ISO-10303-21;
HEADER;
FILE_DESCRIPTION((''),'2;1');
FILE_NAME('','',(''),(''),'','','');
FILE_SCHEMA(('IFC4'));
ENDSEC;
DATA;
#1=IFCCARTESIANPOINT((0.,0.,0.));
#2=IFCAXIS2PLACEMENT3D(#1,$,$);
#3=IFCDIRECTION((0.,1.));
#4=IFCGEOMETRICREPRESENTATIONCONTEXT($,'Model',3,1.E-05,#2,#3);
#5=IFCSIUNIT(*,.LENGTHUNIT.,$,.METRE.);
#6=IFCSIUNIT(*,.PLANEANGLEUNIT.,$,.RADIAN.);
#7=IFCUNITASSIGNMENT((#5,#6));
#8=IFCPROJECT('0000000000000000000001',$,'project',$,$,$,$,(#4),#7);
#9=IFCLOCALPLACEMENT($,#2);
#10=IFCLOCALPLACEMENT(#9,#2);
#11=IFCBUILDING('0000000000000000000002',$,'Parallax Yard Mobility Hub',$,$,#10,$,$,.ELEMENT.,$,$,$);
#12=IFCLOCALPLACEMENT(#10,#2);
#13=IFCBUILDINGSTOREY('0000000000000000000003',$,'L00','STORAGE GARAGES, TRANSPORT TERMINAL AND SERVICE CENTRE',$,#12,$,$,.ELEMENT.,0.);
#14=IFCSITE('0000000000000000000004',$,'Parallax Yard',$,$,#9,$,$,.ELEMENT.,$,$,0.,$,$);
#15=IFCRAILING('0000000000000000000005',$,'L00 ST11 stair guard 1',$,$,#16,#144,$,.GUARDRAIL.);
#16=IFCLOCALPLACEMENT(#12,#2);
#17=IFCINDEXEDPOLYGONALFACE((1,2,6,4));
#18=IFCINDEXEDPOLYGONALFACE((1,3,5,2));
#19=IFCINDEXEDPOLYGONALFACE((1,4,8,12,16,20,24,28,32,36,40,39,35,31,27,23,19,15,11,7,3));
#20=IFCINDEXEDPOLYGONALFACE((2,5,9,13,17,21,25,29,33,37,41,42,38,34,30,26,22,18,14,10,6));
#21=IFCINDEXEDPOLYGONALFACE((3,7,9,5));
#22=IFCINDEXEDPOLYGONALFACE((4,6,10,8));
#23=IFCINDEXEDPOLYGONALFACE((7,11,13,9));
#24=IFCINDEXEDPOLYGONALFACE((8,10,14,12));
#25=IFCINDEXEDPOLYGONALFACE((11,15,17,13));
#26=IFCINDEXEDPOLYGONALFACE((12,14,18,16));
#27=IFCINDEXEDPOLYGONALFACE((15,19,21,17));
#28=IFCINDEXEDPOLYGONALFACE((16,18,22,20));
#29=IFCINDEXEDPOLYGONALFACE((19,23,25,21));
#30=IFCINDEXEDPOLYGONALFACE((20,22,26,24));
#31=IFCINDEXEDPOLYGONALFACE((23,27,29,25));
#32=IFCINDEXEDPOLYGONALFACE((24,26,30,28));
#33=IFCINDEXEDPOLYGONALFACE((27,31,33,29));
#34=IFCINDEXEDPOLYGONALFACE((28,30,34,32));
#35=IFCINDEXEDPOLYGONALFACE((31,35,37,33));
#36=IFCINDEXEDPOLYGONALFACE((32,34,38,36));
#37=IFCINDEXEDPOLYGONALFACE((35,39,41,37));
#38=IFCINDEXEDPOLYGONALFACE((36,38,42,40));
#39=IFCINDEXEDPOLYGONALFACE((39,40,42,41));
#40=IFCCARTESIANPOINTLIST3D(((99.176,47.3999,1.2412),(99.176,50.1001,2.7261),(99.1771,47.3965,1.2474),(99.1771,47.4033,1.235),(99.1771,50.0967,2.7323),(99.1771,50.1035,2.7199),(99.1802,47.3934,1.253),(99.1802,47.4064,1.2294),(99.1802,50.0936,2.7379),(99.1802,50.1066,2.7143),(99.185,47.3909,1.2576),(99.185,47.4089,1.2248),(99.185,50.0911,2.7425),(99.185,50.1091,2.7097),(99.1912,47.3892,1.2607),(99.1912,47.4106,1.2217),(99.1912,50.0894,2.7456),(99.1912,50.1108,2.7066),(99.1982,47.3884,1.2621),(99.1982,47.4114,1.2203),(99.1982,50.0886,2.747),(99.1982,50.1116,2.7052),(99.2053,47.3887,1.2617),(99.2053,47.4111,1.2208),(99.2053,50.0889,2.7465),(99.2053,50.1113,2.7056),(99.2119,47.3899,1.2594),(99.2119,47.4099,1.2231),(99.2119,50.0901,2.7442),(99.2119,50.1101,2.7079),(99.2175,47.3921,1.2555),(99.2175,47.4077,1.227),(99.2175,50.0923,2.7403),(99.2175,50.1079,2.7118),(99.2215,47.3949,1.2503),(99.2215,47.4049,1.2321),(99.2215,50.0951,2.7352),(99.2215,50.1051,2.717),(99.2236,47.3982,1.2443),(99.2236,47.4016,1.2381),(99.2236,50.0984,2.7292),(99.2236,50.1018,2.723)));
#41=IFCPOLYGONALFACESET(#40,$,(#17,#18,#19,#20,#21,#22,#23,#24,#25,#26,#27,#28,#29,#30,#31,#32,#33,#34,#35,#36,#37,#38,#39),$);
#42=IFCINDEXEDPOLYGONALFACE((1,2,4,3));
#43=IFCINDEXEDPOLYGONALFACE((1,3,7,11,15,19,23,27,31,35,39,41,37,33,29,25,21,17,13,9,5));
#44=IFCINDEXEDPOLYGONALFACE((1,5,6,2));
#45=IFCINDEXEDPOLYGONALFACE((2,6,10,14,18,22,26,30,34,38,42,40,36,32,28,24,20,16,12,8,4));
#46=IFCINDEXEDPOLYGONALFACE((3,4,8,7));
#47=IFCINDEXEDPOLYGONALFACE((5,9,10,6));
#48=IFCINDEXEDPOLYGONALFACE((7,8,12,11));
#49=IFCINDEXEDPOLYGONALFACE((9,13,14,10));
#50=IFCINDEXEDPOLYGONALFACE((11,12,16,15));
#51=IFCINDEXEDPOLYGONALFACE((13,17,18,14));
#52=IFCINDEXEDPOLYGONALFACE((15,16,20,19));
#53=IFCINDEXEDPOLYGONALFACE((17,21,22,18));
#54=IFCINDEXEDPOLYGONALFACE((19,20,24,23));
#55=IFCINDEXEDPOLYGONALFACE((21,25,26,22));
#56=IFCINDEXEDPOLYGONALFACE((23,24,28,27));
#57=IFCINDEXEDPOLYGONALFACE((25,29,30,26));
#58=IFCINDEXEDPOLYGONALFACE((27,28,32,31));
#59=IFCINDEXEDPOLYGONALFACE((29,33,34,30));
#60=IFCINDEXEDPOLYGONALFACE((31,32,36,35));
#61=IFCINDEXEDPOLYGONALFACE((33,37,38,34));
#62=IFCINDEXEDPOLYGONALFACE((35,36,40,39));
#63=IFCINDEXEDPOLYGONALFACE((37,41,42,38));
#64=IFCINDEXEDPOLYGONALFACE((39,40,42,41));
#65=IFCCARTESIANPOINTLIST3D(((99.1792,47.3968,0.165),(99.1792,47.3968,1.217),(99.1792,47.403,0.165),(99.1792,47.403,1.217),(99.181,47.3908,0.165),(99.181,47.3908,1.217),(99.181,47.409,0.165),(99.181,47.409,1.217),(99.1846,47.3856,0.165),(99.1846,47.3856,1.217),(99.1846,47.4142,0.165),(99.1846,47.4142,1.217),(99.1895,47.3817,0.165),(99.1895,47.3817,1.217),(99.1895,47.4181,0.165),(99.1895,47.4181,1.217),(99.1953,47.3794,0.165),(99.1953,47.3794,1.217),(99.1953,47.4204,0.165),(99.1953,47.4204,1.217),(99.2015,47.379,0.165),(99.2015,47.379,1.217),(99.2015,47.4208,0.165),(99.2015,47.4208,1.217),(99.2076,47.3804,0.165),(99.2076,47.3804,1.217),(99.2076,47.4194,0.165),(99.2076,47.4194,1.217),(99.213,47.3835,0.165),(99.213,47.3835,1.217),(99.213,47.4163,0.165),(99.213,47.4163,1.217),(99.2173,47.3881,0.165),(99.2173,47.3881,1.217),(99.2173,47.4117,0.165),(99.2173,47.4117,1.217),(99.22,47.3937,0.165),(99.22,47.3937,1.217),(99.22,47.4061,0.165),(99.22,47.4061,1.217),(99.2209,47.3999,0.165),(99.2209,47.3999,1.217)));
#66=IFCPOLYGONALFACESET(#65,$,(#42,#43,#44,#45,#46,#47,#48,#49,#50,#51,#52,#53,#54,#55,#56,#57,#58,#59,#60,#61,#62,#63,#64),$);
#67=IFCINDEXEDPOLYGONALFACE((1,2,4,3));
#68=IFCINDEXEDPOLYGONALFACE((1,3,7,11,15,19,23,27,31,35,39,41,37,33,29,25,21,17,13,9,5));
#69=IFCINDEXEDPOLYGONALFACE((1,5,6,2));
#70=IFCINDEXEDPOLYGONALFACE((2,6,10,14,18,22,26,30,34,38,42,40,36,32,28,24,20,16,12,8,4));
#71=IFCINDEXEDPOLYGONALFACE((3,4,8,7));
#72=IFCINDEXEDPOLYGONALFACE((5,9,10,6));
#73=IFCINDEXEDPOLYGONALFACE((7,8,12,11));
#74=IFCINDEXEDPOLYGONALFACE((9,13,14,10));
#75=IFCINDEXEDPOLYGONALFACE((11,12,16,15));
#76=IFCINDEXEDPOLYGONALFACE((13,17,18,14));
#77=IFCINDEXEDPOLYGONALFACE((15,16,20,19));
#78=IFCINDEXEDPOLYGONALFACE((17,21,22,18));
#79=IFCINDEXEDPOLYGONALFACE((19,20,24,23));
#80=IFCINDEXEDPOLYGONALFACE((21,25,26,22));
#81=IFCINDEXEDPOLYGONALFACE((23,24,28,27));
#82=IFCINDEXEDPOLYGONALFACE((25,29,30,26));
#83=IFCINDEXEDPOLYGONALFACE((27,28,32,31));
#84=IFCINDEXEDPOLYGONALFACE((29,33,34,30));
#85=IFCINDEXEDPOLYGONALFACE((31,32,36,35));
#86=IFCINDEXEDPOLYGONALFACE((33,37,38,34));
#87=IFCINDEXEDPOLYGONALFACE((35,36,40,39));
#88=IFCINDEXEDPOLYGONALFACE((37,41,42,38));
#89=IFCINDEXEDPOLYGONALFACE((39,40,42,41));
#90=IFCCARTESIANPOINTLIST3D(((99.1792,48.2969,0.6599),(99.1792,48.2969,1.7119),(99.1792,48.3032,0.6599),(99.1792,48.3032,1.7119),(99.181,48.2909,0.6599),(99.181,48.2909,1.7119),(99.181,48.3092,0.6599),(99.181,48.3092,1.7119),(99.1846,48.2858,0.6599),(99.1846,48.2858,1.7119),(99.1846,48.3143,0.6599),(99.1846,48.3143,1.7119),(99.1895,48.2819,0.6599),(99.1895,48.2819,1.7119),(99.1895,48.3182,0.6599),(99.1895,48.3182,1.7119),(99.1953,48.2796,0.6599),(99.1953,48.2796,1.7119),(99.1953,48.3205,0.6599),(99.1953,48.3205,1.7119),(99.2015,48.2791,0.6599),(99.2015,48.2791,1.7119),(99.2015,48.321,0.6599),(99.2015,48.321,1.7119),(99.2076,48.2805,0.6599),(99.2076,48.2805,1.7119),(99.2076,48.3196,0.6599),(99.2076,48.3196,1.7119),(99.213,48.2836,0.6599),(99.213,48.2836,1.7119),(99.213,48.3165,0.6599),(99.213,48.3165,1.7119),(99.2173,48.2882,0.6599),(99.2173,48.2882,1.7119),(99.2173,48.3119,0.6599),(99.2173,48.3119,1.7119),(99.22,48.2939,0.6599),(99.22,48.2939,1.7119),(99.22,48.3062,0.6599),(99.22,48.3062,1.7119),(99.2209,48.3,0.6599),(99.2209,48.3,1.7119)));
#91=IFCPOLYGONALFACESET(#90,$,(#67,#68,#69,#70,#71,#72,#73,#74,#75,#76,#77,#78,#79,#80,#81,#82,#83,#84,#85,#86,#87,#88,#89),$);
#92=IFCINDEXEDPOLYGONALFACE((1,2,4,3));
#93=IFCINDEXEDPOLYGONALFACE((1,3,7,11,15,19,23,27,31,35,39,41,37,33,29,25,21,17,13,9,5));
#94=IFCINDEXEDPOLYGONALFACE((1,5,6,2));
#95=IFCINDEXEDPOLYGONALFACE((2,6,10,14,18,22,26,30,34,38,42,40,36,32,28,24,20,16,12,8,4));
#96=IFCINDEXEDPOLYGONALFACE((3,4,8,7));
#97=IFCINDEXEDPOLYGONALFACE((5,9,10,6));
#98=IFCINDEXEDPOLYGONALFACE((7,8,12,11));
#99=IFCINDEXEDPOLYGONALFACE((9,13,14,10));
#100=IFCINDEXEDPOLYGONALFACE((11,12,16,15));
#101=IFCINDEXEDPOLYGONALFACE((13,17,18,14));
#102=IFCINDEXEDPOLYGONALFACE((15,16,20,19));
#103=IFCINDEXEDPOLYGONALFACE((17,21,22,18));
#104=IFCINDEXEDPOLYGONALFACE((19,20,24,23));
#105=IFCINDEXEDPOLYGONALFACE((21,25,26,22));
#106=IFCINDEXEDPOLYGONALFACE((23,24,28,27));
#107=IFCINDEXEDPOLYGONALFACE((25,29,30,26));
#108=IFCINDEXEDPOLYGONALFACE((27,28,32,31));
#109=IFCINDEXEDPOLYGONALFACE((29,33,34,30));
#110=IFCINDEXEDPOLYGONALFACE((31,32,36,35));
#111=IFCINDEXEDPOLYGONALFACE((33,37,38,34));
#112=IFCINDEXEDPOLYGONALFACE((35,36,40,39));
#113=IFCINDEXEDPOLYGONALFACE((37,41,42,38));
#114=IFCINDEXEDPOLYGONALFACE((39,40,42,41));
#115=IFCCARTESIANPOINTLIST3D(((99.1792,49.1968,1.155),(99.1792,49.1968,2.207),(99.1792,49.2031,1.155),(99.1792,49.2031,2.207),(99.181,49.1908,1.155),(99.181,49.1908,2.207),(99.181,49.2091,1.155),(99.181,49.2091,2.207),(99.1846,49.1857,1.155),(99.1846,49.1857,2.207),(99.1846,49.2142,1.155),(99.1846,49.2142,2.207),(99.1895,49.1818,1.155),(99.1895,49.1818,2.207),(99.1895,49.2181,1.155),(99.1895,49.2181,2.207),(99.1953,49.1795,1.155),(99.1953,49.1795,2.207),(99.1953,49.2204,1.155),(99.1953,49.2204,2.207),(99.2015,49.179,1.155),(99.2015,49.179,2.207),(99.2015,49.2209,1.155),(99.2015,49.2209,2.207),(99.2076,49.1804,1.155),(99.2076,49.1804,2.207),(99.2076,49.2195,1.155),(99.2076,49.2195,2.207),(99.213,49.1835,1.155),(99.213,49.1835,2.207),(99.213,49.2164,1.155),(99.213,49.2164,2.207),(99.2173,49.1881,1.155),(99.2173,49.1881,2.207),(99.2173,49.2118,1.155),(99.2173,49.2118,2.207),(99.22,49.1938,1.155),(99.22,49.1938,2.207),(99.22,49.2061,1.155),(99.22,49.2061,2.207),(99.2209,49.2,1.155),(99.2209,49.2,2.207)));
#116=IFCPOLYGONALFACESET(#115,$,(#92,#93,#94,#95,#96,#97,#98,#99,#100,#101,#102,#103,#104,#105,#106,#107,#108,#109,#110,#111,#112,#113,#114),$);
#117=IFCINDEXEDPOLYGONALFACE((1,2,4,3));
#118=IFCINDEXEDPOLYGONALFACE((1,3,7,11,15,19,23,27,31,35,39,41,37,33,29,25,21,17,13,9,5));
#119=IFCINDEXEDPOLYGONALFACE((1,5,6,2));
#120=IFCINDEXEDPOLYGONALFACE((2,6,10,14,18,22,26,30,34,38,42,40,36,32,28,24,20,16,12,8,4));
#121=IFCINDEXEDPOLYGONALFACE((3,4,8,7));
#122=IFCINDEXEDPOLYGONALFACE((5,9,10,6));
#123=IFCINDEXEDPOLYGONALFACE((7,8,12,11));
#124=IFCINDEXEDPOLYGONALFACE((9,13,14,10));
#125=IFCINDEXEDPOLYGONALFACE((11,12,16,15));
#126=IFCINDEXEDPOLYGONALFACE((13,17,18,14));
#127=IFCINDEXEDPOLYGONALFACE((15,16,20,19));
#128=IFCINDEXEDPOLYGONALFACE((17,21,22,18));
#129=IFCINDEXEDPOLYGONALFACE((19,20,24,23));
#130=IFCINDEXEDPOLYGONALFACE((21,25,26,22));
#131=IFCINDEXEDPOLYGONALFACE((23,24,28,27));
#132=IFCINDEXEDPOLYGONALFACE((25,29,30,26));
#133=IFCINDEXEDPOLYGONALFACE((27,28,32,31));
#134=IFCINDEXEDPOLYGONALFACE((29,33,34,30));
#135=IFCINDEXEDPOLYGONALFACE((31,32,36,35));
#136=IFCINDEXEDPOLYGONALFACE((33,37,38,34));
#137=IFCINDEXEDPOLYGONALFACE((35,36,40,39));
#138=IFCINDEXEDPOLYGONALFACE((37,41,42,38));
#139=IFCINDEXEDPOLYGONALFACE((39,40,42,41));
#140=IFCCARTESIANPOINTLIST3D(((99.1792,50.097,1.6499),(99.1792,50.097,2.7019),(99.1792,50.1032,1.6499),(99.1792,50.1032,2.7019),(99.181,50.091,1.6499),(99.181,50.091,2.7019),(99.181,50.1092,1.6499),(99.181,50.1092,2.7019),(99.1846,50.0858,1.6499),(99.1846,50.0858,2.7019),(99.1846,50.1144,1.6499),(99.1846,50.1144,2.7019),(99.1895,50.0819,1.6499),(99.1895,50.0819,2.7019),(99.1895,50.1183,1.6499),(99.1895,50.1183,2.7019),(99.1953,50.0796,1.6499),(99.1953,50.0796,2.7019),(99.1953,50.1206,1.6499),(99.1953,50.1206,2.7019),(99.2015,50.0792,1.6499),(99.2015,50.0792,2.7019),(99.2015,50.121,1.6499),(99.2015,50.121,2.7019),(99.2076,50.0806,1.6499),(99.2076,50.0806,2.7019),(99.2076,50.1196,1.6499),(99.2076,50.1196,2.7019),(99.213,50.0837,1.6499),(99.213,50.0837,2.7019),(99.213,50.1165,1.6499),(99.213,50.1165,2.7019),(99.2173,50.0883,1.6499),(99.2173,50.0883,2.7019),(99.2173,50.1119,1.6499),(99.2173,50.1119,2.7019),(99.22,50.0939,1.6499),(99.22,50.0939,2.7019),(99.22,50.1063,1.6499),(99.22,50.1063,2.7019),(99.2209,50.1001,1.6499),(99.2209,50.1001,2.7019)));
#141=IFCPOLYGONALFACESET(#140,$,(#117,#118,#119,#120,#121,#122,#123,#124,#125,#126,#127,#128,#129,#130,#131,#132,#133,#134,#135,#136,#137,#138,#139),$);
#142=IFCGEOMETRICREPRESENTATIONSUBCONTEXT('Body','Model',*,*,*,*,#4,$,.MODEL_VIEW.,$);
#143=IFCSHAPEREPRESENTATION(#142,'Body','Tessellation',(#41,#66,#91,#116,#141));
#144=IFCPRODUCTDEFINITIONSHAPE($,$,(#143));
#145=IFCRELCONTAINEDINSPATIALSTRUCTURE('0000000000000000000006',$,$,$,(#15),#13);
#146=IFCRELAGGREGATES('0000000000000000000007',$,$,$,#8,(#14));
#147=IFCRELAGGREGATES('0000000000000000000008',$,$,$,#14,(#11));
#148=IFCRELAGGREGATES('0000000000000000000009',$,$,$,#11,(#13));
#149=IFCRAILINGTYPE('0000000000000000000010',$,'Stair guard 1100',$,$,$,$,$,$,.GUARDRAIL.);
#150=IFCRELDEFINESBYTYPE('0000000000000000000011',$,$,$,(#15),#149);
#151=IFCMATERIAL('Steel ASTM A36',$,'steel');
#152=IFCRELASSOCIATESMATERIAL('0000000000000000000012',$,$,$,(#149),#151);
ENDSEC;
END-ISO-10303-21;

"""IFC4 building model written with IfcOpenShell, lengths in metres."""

from ifc_helpers import new_model, si_unit, direction, frame, origin, origin_2d, place, context, subcontext, project, spatial, circle, extrude, material, type_object, element, save


model = new_model("IFC4")

# Units and contexts
model_context = context("Model", 3, precision=1e-05, world=origin(), true_north=direction((0.0, 1.0)))
body_context = subcontext(model_context, "Body", "Model", "MODEL_VIEW")
ifc_project = project(units=[si_unit("LENGTHUNIT", "METRE"), si_unit("PLANEANGLEUNIT", "RADIAN")], contexts=[model_context])

# Site, building, storey
site_placement = place(None, origin())
site = spatial("IfcSite", under=ifc_project, at=site_placement, Name="Parallax Yard", CompositionType="ELEMENT", RefElevation=0.0)
building_placement = place(site_placement, origin())
building = spatial("IfcBuilding", under=site, at=building_placement, Name="Parallax Yard Mobility Hub", CompositionType="ELEMENT")
storey_placement = place(building_placement, origin())
storey = spatial("IfcBuildingStorey", under=building, at=storey_placement, Name="L00", Description="STORAGE GARAGES, TRANSPORT TERMINAL AND SERVICE CENTRE", CompositionType="ELEMENT", Elevation=0.0)

# Railing
ifc_material_1 = material(Name="Steel ASTM A36", Category="steel")
railing_type = type_object("IfcRailingType", Name="Stair guard 1100", PredefinedType="GUARDRAIL", material=ifc_material_1)
railing_1_placement = place(storey_placement, frame((99.2, 47.3999, 0.165)))
element("IfcRailing", 1, at=railing_1_placement, inside=storey, type_object=railing_type, Name="L00 ST11 stair guard 1", PredefinedType="GUARDRAIL", context=body_context, shape_type="SweptSolid", body=[
    extrude(circle(Radius=0.0239, at=origin_2d()), frame((0.0, 0.0, 1.0762), z_axis=(0.0, 0.876249, 0.481858), x_axis=(-1.0, 0.0, 0.0)), (0.0, 0.0, 1.0), 3.0815),
    extrude(circle(Radius=0.021, at=origin_2d()), origin(), (0.0, 0.0, 1.0), 1.052),
    extrude(circle(Radius=0.021, at=origin_2d()), frame((0.0, 0.9001, 0.4949)), (0.0, 0.0, 1.0), 1.052),
    extrude(circle(Radius=0.021, at=origin_2d()), frame((0.0, 1.8, 0.99)), (0.0, 0.0, 1.0), 1.052),
    extrude(circle(Radius=0.021, at=origin_2d()), frame((0.0, 2.7002, 1.4849)), (0.0, 0.0, 1.0), 1.052),
])

save(model, "model.ifc")
